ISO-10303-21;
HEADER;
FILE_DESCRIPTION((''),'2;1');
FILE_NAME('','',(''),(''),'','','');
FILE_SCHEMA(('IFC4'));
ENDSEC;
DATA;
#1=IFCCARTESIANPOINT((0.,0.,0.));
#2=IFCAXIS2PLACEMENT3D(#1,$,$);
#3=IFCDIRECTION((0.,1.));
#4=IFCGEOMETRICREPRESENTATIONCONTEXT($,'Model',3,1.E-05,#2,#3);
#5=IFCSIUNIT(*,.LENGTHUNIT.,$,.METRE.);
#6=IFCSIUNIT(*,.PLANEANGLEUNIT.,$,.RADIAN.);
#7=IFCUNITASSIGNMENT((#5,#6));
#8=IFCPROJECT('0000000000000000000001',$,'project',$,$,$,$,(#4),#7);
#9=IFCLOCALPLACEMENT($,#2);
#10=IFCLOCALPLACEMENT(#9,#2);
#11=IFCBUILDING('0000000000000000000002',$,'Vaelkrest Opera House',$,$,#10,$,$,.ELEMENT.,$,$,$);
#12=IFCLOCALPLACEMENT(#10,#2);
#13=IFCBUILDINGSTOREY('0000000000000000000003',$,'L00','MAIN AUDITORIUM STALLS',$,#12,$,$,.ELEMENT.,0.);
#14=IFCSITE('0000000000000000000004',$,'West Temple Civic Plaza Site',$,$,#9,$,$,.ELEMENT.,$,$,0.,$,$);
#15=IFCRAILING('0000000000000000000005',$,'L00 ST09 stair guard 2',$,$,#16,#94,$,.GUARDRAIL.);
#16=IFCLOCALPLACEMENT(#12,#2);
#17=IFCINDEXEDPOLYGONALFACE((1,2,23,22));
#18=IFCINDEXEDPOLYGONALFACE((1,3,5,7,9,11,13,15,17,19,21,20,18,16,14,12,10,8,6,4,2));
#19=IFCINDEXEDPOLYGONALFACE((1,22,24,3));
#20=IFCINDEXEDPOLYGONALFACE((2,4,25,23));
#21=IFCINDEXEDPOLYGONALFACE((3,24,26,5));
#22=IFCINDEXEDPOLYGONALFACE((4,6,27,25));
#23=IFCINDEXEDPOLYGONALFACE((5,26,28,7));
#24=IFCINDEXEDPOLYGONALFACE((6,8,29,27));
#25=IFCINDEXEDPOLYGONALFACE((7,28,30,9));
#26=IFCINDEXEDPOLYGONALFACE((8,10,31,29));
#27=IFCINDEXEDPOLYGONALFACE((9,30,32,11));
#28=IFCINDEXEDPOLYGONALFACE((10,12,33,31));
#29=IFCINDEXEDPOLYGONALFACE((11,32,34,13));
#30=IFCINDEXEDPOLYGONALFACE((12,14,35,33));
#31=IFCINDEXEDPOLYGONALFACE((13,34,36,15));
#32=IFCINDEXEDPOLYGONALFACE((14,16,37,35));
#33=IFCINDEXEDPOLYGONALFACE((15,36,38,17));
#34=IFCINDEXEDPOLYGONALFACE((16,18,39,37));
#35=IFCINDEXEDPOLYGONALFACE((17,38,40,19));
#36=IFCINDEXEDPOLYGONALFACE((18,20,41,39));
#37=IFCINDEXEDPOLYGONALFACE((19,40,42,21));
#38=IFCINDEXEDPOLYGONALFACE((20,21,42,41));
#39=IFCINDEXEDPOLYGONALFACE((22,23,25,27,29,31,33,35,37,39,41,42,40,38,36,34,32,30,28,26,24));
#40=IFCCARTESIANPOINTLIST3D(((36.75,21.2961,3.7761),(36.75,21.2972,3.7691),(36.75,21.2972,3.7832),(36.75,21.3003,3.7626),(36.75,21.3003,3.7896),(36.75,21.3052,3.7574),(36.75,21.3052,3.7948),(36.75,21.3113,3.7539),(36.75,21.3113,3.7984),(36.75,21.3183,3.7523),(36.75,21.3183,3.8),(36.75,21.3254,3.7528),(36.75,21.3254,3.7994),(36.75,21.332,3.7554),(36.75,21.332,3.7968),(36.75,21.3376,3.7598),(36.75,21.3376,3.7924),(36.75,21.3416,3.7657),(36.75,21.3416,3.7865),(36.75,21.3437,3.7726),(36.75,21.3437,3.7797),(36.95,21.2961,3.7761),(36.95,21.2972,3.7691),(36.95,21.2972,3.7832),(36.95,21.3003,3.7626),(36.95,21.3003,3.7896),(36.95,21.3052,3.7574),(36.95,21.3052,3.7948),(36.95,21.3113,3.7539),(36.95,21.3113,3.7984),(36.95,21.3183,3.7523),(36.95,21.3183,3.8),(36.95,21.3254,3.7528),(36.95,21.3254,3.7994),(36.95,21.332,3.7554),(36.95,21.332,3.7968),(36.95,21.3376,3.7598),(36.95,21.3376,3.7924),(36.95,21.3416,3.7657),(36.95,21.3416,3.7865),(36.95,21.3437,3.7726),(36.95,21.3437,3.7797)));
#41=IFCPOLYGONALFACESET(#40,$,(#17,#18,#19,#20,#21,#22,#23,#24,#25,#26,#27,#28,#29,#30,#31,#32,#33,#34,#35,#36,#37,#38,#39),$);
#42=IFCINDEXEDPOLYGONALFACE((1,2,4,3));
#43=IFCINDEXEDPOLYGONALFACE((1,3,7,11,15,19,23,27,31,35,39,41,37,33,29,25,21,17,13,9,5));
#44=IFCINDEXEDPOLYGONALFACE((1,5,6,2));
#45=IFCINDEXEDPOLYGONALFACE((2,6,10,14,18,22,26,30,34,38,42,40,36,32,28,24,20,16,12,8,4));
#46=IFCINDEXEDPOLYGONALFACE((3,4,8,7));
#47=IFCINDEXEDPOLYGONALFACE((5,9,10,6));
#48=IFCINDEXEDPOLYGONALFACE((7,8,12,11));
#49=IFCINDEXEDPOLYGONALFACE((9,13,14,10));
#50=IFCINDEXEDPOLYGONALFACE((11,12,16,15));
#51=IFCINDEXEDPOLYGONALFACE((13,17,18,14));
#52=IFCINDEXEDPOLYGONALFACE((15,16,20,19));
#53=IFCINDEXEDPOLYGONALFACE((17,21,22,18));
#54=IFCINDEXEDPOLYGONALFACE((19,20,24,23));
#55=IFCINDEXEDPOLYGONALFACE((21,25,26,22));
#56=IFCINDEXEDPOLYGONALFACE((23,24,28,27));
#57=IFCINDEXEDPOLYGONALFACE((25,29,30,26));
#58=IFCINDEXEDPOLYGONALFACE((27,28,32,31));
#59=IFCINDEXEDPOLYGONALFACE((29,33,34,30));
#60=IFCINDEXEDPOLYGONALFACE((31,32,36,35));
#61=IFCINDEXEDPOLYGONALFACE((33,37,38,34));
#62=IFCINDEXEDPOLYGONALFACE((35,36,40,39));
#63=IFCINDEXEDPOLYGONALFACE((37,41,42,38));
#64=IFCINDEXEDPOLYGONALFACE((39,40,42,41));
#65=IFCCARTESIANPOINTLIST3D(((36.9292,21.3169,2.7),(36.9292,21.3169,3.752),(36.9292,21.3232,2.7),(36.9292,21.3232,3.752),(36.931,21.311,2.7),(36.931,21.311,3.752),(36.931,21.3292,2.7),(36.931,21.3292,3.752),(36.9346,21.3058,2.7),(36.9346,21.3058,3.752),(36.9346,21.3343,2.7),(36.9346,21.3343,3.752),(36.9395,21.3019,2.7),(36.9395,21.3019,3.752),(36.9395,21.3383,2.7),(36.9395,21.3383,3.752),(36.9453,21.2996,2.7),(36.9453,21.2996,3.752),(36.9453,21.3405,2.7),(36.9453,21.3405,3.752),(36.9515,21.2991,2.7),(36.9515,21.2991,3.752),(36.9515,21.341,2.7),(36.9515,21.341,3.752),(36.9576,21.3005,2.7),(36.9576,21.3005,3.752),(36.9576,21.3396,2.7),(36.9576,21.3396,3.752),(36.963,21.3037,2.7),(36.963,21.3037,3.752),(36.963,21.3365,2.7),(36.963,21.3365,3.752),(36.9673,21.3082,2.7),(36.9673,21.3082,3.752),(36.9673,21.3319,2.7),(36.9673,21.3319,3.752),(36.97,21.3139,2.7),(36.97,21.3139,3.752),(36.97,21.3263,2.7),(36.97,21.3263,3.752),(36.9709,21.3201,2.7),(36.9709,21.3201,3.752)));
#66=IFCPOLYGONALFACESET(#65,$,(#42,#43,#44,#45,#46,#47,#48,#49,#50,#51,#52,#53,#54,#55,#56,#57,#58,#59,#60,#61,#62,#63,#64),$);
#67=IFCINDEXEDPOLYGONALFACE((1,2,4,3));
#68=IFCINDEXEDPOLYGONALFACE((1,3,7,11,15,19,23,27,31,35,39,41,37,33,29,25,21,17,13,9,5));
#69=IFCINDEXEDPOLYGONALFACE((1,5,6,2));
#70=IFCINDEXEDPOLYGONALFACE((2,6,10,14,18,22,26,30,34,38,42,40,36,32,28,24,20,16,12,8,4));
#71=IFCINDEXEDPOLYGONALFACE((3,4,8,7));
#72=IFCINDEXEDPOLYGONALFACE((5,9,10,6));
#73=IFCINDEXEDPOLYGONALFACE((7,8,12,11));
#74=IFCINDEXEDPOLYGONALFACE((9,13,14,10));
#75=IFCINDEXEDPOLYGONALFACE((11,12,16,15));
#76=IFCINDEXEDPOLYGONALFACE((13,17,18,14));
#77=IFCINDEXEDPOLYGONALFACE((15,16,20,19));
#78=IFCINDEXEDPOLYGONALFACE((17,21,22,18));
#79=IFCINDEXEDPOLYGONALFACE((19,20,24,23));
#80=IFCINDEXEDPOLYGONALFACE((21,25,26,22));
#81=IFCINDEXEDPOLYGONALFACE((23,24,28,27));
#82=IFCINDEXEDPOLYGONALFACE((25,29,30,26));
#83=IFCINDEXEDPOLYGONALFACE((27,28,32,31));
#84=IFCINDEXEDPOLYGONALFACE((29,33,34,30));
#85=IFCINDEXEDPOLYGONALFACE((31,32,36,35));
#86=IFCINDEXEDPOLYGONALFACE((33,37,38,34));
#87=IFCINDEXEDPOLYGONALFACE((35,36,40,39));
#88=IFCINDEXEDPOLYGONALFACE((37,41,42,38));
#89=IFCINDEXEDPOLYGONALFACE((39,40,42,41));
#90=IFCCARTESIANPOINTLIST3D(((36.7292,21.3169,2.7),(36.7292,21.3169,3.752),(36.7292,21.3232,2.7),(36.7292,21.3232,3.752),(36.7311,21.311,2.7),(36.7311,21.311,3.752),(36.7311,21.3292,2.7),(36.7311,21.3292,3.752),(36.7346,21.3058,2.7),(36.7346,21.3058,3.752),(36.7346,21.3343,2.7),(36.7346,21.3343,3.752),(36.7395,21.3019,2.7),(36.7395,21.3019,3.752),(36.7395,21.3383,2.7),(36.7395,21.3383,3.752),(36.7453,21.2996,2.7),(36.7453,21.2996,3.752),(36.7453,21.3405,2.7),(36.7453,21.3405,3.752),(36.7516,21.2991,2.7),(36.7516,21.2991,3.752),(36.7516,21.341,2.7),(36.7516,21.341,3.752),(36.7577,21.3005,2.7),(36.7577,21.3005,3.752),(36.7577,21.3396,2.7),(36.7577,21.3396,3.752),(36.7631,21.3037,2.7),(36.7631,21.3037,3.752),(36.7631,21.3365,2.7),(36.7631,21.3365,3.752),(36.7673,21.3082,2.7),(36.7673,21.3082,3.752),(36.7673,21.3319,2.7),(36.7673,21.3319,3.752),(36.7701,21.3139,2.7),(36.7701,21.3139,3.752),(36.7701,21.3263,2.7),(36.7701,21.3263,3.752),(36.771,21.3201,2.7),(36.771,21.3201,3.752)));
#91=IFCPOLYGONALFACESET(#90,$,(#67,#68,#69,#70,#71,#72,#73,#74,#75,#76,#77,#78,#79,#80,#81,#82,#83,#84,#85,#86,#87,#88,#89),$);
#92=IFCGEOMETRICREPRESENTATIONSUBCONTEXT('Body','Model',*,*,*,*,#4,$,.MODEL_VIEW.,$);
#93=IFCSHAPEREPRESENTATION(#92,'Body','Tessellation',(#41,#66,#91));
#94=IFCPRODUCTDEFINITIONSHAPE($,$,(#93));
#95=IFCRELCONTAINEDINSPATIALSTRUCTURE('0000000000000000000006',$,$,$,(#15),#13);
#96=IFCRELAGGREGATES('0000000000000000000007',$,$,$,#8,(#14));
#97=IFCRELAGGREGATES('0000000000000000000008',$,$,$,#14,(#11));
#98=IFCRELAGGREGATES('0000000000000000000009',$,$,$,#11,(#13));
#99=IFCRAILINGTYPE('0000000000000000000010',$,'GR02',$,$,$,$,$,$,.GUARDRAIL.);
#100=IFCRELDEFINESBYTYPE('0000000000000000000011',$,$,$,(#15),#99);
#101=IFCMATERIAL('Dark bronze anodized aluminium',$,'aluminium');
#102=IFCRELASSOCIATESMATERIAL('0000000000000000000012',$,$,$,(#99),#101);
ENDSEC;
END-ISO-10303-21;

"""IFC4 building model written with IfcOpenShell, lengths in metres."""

from ifc_helpers import new_model, si_unit, direction, frame, origin, origin_2d, place, context, subcontext, project, spatial, circle, extrude, material, type_object, element, save


model = new_model("IFC4")

# Units and contexts
model_context = context("Model", 3, precision=1e-05, world=origin(), true_north=direction((0.0, 1.0)))
body_context = subcontext(model_context, "Body", "Model", "MODEL_VIEW")
ifc_project = project(units=[si_unit("LENGTHUNIT", "METRE"), si_unit("PLANEANGLEUNIT", "RADIAN")], contexts=[model_context])

# Site, building, storey
site_placement = place(None, origin())
site = spatial("IfcSite", under=ifc_project, at=site_placement, Name="West Temple Civic Plaza Site", CompositionType="ELEMENT", RefElevation=0.0)
building_placement = place(site_placement, origin())
building = spatial("IfcBuilding", under=site, at=building_placement, Name="Vaelkrest Opera House", CompositionType="ELEMENT")
storey_placement = place(building_placement, origin())
storey = spatial("IfcBuildingStorey", under=building, at=storey_placement, Name="L00", Description="MAIN AUDITORIUM STALLS", CompositionType="ELEMENT", Elevation=0.0)

# Shared definitions
ifc_material_1 = material(Name="Dark bronze anodized aluminium", Category="aluminium")

# Railing
railing_type_1 = type_object("IfcRailingType", Name="GR02", PredefinedType="GUARDRAIL", material=ifc_material_1)
railing_1_placement = place(storey_placement, frame((36.95, 21.3201, 2.7)))
element("IfcRailing", 1, at=railing_1_placement, inside=storey, type_object=railing_type_1, Name="L00 ST09 stair guard 2", PredefinedType="GUARDRAIL", context=body_context, shape_type="SweptSolid", body=[
    extrude(circle(Radius=0.0239, at=origin_2d()), frame((0.0, 0.0, 1.0762), z_axis=(-1.0, 0.0, 0.0), x_axis=(0.0, -1.0, 0.0)), (0.0, 0.0, 1.0), 0.2),
    extrude(circle(Radius=0.021, at=origin_2d()), origin(), (0.0, 0.0, 1.0), 1.052),
    extrude(circle(Radius=0.021, at=origin_2d()), frame((-0.2, 0.0, 0.0)), (0.0, 0.0, 1.0), 1.052),
])

save(model, "model.ifc")
